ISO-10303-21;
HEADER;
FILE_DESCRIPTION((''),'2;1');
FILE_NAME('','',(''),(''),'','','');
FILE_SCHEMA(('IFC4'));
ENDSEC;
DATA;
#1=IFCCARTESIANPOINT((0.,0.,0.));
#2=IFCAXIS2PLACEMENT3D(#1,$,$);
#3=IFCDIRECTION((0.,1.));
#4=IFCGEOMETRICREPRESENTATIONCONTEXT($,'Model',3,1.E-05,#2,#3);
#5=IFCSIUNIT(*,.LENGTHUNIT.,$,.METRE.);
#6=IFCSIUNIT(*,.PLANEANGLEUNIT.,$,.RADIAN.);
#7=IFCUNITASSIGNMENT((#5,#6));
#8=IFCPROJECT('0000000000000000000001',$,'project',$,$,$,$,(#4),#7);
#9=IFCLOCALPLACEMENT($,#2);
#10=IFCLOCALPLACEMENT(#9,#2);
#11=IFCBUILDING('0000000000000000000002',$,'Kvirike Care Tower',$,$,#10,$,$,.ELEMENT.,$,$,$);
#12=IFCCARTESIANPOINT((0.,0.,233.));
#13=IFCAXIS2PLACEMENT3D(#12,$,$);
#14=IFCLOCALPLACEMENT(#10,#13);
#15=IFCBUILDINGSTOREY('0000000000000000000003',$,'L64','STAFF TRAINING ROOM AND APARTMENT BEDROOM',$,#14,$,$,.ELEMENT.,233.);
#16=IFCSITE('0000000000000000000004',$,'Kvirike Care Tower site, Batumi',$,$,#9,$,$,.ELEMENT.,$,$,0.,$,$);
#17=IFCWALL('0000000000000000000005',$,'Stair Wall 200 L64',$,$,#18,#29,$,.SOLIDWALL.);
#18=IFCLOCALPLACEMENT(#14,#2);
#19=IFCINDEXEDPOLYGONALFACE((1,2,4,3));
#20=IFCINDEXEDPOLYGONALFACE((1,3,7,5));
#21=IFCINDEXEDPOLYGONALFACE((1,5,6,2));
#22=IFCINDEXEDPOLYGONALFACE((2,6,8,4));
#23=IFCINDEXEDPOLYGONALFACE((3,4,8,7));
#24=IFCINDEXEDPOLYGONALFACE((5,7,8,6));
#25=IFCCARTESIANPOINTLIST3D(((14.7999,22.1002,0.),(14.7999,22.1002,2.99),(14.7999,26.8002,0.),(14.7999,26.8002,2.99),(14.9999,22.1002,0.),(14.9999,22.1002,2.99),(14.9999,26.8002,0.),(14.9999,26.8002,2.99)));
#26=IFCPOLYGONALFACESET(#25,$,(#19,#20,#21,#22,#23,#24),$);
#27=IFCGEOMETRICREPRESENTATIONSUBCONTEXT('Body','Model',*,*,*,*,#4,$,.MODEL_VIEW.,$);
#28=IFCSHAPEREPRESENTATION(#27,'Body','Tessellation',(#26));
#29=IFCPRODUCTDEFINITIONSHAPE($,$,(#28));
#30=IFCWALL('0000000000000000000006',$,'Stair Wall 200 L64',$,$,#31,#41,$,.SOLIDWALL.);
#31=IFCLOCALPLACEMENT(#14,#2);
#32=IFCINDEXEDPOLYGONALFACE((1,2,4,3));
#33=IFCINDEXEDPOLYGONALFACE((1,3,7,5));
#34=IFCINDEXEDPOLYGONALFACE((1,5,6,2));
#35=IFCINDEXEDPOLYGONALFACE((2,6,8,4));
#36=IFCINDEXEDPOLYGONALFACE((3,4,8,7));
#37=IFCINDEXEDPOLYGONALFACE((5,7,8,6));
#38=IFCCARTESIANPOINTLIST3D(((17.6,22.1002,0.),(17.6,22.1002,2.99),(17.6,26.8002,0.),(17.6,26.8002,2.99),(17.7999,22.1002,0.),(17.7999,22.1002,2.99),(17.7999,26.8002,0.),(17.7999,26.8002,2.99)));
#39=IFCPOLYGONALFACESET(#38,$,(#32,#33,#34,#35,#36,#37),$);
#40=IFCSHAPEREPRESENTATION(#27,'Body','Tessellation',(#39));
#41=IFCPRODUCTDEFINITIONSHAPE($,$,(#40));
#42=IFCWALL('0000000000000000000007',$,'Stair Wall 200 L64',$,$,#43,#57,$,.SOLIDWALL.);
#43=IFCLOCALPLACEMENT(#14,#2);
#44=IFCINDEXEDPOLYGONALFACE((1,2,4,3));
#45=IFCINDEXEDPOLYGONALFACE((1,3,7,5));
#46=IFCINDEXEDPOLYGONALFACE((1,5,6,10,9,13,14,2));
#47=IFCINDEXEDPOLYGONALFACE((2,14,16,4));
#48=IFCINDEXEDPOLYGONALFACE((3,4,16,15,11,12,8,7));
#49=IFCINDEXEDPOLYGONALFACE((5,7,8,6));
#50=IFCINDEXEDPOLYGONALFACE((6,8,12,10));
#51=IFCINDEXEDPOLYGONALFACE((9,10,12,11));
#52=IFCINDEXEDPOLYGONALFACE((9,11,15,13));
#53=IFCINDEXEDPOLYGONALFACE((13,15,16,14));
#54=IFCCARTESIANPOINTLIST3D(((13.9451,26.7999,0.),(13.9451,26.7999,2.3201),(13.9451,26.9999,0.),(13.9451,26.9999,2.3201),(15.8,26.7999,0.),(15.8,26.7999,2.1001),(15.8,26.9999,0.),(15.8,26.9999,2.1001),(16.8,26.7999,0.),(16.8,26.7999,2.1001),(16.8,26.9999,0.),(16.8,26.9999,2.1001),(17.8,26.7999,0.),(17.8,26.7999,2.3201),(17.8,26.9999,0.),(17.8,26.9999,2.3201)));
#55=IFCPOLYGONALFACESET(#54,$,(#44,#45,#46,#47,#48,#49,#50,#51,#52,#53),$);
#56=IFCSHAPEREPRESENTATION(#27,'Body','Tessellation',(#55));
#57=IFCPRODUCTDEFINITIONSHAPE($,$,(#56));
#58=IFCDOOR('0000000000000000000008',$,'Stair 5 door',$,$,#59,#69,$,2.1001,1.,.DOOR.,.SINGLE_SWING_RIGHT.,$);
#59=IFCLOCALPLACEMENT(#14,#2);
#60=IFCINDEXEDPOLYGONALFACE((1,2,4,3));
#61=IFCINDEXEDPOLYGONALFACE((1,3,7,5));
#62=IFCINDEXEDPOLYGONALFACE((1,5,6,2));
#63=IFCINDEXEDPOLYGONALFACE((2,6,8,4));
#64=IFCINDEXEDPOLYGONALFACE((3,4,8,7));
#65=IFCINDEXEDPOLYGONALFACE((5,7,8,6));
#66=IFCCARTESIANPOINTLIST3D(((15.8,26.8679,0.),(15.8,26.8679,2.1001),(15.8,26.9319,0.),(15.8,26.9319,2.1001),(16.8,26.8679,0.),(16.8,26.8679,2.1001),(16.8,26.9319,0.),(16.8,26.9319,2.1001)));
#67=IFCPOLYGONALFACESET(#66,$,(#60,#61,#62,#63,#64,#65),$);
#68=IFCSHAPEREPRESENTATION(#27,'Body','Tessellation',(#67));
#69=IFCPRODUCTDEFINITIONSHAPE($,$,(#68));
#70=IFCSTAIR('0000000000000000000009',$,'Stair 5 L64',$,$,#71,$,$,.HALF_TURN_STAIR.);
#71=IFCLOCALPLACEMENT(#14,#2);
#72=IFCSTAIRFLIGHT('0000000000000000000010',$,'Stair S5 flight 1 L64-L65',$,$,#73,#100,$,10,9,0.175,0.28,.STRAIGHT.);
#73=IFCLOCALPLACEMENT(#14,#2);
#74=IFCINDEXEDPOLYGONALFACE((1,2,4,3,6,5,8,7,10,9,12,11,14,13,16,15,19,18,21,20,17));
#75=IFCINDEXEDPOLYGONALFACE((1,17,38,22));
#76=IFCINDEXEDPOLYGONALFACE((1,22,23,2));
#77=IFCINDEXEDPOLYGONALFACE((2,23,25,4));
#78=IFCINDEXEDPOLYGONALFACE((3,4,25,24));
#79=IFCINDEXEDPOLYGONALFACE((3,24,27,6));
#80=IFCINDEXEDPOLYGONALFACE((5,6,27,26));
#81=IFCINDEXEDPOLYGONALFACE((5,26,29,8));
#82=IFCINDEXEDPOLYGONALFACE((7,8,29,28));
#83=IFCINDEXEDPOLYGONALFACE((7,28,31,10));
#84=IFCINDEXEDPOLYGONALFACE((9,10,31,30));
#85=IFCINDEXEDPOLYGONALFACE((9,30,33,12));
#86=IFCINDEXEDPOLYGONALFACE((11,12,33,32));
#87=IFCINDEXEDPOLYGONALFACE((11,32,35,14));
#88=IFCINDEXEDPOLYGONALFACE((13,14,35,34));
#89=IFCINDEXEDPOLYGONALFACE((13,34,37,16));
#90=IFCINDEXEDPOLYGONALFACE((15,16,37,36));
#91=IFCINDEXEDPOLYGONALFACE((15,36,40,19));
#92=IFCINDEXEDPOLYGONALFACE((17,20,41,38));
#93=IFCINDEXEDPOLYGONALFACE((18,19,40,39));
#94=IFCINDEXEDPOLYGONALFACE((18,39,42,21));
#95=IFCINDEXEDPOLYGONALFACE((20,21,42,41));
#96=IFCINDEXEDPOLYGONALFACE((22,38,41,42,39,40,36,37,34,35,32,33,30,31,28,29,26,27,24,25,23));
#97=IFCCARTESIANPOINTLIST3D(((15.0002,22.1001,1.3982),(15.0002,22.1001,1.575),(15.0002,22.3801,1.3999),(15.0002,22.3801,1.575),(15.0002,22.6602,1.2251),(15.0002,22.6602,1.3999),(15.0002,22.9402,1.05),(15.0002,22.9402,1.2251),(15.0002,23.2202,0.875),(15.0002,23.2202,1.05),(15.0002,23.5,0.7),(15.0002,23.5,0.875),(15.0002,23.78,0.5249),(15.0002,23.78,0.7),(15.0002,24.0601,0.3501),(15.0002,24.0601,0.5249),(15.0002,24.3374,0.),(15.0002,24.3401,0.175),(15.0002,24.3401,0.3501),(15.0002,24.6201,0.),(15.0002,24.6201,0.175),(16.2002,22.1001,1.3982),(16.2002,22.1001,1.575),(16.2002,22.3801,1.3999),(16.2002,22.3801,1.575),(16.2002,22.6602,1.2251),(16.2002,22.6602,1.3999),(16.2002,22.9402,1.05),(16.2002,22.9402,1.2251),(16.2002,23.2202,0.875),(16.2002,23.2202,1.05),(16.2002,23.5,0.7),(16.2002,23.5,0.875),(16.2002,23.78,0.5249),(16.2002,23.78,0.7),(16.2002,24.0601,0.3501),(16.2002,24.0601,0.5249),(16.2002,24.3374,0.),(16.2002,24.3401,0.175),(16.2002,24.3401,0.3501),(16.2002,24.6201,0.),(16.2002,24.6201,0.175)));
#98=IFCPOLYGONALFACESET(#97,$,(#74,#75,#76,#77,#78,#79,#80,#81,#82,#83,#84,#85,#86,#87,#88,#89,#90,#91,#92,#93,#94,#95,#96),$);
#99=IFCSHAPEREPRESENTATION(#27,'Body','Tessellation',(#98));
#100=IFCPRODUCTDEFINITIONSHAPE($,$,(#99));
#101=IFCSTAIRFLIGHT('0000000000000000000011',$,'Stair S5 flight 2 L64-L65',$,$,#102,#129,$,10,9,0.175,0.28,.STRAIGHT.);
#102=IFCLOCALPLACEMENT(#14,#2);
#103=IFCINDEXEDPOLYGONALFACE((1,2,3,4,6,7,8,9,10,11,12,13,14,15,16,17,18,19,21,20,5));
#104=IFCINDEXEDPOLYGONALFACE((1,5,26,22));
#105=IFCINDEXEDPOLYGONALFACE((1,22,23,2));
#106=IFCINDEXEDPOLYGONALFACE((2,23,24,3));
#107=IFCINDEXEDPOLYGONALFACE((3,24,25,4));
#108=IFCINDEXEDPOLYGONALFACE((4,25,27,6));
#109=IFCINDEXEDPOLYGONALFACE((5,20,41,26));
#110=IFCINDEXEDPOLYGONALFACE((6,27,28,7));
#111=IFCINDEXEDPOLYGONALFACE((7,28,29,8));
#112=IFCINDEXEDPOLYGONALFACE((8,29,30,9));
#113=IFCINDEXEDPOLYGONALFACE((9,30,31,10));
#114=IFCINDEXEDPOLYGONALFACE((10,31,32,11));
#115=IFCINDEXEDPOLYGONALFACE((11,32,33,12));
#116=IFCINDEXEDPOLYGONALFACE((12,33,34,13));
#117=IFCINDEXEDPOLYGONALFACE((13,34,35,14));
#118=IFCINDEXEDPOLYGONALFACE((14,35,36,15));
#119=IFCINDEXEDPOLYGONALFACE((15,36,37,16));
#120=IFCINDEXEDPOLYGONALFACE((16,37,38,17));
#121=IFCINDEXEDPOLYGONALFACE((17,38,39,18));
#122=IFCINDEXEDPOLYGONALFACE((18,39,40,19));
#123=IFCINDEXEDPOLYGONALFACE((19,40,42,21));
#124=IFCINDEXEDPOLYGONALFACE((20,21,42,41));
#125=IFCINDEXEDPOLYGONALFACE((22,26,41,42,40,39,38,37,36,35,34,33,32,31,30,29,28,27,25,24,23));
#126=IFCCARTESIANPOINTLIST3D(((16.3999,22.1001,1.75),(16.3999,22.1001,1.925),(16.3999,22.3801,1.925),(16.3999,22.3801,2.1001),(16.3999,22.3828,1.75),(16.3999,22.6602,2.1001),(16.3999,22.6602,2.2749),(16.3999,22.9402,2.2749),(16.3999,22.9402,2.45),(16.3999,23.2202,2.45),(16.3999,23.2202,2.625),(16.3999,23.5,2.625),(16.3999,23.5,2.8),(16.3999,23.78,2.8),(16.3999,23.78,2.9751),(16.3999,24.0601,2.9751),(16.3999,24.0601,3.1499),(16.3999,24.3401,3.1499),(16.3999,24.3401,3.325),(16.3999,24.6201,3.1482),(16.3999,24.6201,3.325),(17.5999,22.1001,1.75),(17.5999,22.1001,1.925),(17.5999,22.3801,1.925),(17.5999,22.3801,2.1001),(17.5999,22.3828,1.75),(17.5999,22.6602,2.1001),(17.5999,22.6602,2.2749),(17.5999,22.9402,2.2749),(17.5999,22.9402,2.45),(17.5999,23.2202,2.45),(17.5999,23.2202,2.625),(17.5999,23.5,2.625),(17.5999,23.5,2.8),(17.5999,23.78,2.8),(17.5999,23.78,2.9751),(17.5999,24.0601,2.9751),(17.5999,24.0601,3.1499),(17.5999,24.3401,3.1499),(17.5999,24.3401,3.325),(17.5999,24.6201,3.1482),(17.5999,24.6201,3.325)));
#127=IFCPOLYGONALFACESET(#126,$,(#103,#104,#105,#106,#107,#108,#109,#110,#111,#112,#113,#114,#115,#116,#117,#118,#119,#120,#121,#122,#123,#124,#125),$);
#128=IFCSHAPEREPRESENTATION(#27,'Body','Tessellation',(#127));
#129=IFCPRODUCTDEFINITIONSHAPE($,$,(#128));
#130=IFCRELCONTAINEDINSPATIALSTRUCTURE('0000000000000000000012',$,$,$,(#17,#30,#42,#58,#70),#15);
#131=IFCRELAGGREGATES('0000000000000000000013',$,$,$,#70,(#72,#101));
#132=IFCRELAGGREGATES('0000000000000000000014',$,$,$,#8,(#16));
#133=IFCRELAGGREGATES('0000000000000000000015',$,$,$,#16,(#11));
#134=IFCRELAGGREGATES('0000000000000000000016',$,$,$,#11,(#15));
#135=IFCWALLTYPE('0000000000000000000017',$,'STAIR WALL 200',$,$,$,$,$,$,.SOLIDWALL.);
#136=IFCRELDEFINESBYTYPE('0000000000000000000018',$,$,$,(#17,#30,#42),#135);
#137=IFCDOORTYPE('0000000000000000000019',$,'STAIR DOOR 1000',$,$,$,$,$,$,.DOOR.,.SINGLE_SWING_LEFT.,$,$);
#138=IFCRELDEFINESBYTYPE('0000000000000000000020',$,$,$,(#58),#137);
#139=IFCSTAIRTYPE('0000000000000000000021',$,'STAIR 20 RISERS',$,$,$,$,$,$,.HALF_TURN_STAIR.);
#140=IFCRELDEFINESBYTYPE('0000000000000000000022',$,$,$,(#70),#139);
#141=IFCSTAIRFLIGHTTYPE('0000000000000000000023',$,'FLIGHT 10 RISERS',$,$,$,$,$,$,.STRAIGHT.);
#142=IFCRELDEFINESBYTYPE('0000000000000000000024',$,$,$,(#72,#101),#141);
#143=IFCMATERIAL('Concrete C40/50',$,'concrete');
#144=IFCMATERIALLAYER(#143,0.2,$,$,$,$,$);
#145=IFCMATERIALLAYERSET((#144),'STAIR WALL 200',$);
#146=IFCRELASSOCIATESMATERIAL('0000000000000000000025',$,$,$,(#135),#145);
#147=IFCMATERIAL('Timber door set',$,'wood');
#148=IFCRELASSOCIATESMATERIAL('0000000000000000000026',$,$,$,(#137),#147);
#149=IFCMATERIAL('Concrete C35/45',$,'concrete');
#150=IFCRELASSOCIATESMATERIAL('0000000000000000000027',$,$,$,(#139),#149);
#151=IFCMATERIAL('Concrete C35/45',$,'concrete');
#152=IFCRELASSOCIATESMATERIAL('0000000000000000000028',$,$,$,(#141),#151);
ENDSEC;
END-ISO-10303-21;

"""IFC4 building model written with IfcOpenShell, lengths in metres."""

from ifc_helpers import new_model, si_unit, direction, frame, frame_2d, origin, place, context, subcontext, project, spatial, polyline, rectangle, outline, extrude, material, layer, layer_set, type_object, element, fill, aggregate, save


model = new_model("IFC4")

# Units and contexts
model_context = context("Model", 3, precision=1e-05, world=origin(), true_north=direction((0.0, 1.0)))
body_context = subcontext(model_context, "Body", "Model", "MODEL_VIEW")
ifc_project = project(units=[si_unit("LENGTHUNIT", "METRE"), si_unit("PLANEANGLEUNIT", "RADIAN")], contexts=[model_context])

# Site, building, storey
site_placement = place(None, origin())
site = spatial("IfcSite", under=ifc_project, at=site_placement, Name="Kvirike Care Tower site, Batumi", CompositionType="ELEMENT", RefElevation=0.0)
building_placement = place(site_placement, origin())
building = spatial("IfcBuilding", under=site, at=building_placement, Name="Kvirike Care Tower", CompositionType="ELEMENT")
storey_placement = place(building_placement, frame((0.0, 0.0, 233.0)))
storey = spatial("IfcBuildingStorey", under=building, at=storey_placement, Name="L64", Description="STAFF TRAINING ROOM AND APARTMENT BEDROOM", CompositionType="ELEMENT", Elevation=233.0)

# Walls
ifc_material_1 = material(Name="Concrete C40/50", Category="concrete")
ifc_layer_1 = layer(ifc_material_1, 0.2)
ifc_layer_set_1 = layer_set([ifc_layer_1], Name="STAIR WALL 200")
wall_type_1 = type_object("IfcWallType", Name="STAIR WALL 200", PredefinedType="SOLIDWALL", material=ifc_layer_set_1)
for number, where, z_axis, x_axis, name in (
    (1, (14.8999, 22.1001, 0.0), (0.0, 0.0, 1.0), (0.0, 1.0, 0.0), "Stair Wall 200 L64"),
    (2, (17.7, 22.1001, 0.0), (0.0, 0.0, 1.0), (0.0, 1.0, 0.0), "Stair Wall 200 L64"),
):
    element("IfcWall", number, at=place(storey_placement, frame(where, z_axis=z_axis, x_axis=x_axis)), inside=storey, type_object=wall_type_1, Name=name, PredefinedType="SOLIDWALL", context=body_context, shape_type="SweptSolid", body=[
        extrude(rectangle(XDim=4.7, YDim=0.2, at=frame_2d((2.3501, 0.0))), origin(), (0.0, 0.0, 1.0), 2.99),
    ])

# Wall, opening, door
wall_1_placement = place(storey_placement, frame((13.9451, 26.8999, 0.0), z_axis=(0.0, 0.0, 1.0), x_axis=(1.0, 0.0, 0.0)))
wall_1 = element("IfcWall", 3, at=wall_1_placement, inside=storey, type_object=wall_type_1, Name="Stair Wall 200 L64", PredefinedType="SOLIDWALL", context=body_context, shape_type="SweptSolid", body=[
    extrude(rectangle(XDim=3.855, YDim=0.2, at=frame_2d((1.9275, 0.0))), origin(), (0.0, 0.0, 1.0), 2.3201),
])
opening_1_placement = place(wall_1_placement, frame((1.855, 0.0, 0.0)))
opening_1 = element("IfcOpeningElement", 4, at=opening_1_placement, cuts=wall_1, PredefinedType="OPENING", context=body_context, shape_type="SweptSolid", body=[
    extrude(rectangle(XDim=1.0, YDim=2.1001, at=frame_2d((0.5, 1.05))), frame((0.0, 0.1106, 0.0), z_axis=(0.0, -1.0, 0.0), x_axis=(1.0, 0.0, 0.0)), (0.0, 0.0, 1.0), 0.2209),
])
ifc_material_2 = material(Name="Timber door set", Category="wood")
door_type_1 = type_object("IfcDoorType", Name="STAIR DOOR 1000", OperationType="SINGLE_SWING_LEFT", PredefinedType="DOOR", material=ifc_material_2)
door_1_placement = place(opening_1_placement, frame((1.0, 0.0, 0.0), z_axis=(0.0, 0.0, 1.0), x_axis=(-1.0, 0.0, 0.0)))
door_1 = element("IfcDoor", 5, at=door_1_placement, inside=storey, type_object=door_type_1, Name="Stair 5 door", OperationType="SINGLE_SWING_RIGHT", OverallHeight=2.1001, OverallWidth=1.0, PredefinedType="DOOR", context=body_context, shape_type="SweptSolid", body=[
    extrude(rectangle(XDim=1.0, YDim=2.1001, at=frame_2d((0.5, 1.05))), frame((0.0, 0.032, 0.0), z_axis=(0.0, -1.0, 0.0), x_axis=(1.0, 0.0, 0.0)), (0.0, 0.0, 1.0), 0.064),
])
fill(opening_1, door_1)

# Stair, stair flights
ifc_material_3 = material(Name="Concrete C35/45", Category="concrete")
stair_type = type_object("IfcStairType", Name="STAIR 20 RISERS", PredefinedType="HALF_TURN_STAIR", material=ifc_material_3)
stair_placement = place(storey_placement, origin())
stair = element("IfcStair", 6, at=stair_placement, inside=storey, type_object=stair_type, Name="Stair 5 L64", PredefinedType="HALF_TURN_STAIR")
ifc_material_4 = material(Name="Concrete C35/45", Category="concrete")
stair_flight_type = type_object("IfcStairFlightType", Name="FLIGHT 10 RISERS", PredefinedType="STRAIGHT", material=ifc_material_4)
stair_flight_1_placement = place(storey_placement, frame((15.6001, 24.6201, 0.0), z_axis=(0.0, 0.0, 1.0), x_axis=(0.0, -1.0, 0.0)))
stair_flight_1 = element("IfcStairFlight", 7, at=stair_flight_1_placement, type_object=stair_flight_type, Name="Stair S5 flight 1 L64-L65", NumberOfRisers=10, NumberOfTreads=9, PredefinedType="STRAIGHT", RiserHeight=0.175, TreadLength=0.28, context=body_context, shape_type="SweptSolid", body=[
    extrude(outline(polyline([(0.0, 0.0), (0.0, 0.175), (0.28, 0.175), (0.28, 0.3501), (0.5601, 0.3501), (0.5601, 0.5249), (0.8401, 0.5249), (0.8401, 0.7), (1.1201, 0.7), (1.1201, 0.875), (1.3999, 0.875), (1.3999, 1.05), (1.6799, 1.05), (1.6799, 1.2251), (1.96, 1.2251), (1.96, 1.3999), (2.24, 1.3999), (2.24, 1.575), (2.52, 1.575), (2.52, 1.75), (2.52, 1.3982), (0.2827, 0.0), (0.0, 0.0)])), frame((0.0, 0.6001, 0.0), z_axis=(0.0, -1.0, 0.0), x_axis=(1.0, 0.0, 0.0)), (0.0, 0.0, 1.0), 1.2),
])
stair_flight_2_placement = place(storey_placement, frame((17.0, 22.1001, 1.75), z_axis=(0.0, 0.0, 1.0), x_axis=(0.0, 1.0, 0.0)))
stair_flight_2 = element("IfcStairFlight", 8, at=stair_flight_2_placement, type_object=stair_flight_type, Name="Stair S5 flight 2 L64-L65", NumberOfRisers=10, NumberOfTreads=9, PredefinedType="STRAIGHT", RiserHeight=0.175, TreadLength=0.28, context=body_context, shape_type="SweptSolid", body=[
    extrude(outline(polyline([(0.0, 0.0), (0.0, 0.175), (0.28, 0.175), (0.28, 0.3501), (0.5601, 0.3501), (0.5601, 0.5249), (0.8401, 0.5249), (0.8401, 0.7), (1.1201, 0.7), (1.1201, 0.875), (1.3999, 0.875), (1.3999, 1.05), (1.6799, 1.05), (1.6799, 1.2251), (1.96, 1.2251), (1.96, 1.3999), (2.24, 1.3999), (2.24, 1.575), (2.52, 1.575), (2.52, 1.75), (2.52, 1.3982), (0.2827, 0.0), (0.0, 0.0)])), frame((0.0, 0.6001, 0.0), z_axis=(0.0, -1.0, 0.0), x_axis=(1.0, 0.0, 0.0)), (0.0, 0.0, 1.0), 1.2),
])
aggregate(stair, [stair_flight_1, stair_flight_2])

save(model, "model.ifc")
